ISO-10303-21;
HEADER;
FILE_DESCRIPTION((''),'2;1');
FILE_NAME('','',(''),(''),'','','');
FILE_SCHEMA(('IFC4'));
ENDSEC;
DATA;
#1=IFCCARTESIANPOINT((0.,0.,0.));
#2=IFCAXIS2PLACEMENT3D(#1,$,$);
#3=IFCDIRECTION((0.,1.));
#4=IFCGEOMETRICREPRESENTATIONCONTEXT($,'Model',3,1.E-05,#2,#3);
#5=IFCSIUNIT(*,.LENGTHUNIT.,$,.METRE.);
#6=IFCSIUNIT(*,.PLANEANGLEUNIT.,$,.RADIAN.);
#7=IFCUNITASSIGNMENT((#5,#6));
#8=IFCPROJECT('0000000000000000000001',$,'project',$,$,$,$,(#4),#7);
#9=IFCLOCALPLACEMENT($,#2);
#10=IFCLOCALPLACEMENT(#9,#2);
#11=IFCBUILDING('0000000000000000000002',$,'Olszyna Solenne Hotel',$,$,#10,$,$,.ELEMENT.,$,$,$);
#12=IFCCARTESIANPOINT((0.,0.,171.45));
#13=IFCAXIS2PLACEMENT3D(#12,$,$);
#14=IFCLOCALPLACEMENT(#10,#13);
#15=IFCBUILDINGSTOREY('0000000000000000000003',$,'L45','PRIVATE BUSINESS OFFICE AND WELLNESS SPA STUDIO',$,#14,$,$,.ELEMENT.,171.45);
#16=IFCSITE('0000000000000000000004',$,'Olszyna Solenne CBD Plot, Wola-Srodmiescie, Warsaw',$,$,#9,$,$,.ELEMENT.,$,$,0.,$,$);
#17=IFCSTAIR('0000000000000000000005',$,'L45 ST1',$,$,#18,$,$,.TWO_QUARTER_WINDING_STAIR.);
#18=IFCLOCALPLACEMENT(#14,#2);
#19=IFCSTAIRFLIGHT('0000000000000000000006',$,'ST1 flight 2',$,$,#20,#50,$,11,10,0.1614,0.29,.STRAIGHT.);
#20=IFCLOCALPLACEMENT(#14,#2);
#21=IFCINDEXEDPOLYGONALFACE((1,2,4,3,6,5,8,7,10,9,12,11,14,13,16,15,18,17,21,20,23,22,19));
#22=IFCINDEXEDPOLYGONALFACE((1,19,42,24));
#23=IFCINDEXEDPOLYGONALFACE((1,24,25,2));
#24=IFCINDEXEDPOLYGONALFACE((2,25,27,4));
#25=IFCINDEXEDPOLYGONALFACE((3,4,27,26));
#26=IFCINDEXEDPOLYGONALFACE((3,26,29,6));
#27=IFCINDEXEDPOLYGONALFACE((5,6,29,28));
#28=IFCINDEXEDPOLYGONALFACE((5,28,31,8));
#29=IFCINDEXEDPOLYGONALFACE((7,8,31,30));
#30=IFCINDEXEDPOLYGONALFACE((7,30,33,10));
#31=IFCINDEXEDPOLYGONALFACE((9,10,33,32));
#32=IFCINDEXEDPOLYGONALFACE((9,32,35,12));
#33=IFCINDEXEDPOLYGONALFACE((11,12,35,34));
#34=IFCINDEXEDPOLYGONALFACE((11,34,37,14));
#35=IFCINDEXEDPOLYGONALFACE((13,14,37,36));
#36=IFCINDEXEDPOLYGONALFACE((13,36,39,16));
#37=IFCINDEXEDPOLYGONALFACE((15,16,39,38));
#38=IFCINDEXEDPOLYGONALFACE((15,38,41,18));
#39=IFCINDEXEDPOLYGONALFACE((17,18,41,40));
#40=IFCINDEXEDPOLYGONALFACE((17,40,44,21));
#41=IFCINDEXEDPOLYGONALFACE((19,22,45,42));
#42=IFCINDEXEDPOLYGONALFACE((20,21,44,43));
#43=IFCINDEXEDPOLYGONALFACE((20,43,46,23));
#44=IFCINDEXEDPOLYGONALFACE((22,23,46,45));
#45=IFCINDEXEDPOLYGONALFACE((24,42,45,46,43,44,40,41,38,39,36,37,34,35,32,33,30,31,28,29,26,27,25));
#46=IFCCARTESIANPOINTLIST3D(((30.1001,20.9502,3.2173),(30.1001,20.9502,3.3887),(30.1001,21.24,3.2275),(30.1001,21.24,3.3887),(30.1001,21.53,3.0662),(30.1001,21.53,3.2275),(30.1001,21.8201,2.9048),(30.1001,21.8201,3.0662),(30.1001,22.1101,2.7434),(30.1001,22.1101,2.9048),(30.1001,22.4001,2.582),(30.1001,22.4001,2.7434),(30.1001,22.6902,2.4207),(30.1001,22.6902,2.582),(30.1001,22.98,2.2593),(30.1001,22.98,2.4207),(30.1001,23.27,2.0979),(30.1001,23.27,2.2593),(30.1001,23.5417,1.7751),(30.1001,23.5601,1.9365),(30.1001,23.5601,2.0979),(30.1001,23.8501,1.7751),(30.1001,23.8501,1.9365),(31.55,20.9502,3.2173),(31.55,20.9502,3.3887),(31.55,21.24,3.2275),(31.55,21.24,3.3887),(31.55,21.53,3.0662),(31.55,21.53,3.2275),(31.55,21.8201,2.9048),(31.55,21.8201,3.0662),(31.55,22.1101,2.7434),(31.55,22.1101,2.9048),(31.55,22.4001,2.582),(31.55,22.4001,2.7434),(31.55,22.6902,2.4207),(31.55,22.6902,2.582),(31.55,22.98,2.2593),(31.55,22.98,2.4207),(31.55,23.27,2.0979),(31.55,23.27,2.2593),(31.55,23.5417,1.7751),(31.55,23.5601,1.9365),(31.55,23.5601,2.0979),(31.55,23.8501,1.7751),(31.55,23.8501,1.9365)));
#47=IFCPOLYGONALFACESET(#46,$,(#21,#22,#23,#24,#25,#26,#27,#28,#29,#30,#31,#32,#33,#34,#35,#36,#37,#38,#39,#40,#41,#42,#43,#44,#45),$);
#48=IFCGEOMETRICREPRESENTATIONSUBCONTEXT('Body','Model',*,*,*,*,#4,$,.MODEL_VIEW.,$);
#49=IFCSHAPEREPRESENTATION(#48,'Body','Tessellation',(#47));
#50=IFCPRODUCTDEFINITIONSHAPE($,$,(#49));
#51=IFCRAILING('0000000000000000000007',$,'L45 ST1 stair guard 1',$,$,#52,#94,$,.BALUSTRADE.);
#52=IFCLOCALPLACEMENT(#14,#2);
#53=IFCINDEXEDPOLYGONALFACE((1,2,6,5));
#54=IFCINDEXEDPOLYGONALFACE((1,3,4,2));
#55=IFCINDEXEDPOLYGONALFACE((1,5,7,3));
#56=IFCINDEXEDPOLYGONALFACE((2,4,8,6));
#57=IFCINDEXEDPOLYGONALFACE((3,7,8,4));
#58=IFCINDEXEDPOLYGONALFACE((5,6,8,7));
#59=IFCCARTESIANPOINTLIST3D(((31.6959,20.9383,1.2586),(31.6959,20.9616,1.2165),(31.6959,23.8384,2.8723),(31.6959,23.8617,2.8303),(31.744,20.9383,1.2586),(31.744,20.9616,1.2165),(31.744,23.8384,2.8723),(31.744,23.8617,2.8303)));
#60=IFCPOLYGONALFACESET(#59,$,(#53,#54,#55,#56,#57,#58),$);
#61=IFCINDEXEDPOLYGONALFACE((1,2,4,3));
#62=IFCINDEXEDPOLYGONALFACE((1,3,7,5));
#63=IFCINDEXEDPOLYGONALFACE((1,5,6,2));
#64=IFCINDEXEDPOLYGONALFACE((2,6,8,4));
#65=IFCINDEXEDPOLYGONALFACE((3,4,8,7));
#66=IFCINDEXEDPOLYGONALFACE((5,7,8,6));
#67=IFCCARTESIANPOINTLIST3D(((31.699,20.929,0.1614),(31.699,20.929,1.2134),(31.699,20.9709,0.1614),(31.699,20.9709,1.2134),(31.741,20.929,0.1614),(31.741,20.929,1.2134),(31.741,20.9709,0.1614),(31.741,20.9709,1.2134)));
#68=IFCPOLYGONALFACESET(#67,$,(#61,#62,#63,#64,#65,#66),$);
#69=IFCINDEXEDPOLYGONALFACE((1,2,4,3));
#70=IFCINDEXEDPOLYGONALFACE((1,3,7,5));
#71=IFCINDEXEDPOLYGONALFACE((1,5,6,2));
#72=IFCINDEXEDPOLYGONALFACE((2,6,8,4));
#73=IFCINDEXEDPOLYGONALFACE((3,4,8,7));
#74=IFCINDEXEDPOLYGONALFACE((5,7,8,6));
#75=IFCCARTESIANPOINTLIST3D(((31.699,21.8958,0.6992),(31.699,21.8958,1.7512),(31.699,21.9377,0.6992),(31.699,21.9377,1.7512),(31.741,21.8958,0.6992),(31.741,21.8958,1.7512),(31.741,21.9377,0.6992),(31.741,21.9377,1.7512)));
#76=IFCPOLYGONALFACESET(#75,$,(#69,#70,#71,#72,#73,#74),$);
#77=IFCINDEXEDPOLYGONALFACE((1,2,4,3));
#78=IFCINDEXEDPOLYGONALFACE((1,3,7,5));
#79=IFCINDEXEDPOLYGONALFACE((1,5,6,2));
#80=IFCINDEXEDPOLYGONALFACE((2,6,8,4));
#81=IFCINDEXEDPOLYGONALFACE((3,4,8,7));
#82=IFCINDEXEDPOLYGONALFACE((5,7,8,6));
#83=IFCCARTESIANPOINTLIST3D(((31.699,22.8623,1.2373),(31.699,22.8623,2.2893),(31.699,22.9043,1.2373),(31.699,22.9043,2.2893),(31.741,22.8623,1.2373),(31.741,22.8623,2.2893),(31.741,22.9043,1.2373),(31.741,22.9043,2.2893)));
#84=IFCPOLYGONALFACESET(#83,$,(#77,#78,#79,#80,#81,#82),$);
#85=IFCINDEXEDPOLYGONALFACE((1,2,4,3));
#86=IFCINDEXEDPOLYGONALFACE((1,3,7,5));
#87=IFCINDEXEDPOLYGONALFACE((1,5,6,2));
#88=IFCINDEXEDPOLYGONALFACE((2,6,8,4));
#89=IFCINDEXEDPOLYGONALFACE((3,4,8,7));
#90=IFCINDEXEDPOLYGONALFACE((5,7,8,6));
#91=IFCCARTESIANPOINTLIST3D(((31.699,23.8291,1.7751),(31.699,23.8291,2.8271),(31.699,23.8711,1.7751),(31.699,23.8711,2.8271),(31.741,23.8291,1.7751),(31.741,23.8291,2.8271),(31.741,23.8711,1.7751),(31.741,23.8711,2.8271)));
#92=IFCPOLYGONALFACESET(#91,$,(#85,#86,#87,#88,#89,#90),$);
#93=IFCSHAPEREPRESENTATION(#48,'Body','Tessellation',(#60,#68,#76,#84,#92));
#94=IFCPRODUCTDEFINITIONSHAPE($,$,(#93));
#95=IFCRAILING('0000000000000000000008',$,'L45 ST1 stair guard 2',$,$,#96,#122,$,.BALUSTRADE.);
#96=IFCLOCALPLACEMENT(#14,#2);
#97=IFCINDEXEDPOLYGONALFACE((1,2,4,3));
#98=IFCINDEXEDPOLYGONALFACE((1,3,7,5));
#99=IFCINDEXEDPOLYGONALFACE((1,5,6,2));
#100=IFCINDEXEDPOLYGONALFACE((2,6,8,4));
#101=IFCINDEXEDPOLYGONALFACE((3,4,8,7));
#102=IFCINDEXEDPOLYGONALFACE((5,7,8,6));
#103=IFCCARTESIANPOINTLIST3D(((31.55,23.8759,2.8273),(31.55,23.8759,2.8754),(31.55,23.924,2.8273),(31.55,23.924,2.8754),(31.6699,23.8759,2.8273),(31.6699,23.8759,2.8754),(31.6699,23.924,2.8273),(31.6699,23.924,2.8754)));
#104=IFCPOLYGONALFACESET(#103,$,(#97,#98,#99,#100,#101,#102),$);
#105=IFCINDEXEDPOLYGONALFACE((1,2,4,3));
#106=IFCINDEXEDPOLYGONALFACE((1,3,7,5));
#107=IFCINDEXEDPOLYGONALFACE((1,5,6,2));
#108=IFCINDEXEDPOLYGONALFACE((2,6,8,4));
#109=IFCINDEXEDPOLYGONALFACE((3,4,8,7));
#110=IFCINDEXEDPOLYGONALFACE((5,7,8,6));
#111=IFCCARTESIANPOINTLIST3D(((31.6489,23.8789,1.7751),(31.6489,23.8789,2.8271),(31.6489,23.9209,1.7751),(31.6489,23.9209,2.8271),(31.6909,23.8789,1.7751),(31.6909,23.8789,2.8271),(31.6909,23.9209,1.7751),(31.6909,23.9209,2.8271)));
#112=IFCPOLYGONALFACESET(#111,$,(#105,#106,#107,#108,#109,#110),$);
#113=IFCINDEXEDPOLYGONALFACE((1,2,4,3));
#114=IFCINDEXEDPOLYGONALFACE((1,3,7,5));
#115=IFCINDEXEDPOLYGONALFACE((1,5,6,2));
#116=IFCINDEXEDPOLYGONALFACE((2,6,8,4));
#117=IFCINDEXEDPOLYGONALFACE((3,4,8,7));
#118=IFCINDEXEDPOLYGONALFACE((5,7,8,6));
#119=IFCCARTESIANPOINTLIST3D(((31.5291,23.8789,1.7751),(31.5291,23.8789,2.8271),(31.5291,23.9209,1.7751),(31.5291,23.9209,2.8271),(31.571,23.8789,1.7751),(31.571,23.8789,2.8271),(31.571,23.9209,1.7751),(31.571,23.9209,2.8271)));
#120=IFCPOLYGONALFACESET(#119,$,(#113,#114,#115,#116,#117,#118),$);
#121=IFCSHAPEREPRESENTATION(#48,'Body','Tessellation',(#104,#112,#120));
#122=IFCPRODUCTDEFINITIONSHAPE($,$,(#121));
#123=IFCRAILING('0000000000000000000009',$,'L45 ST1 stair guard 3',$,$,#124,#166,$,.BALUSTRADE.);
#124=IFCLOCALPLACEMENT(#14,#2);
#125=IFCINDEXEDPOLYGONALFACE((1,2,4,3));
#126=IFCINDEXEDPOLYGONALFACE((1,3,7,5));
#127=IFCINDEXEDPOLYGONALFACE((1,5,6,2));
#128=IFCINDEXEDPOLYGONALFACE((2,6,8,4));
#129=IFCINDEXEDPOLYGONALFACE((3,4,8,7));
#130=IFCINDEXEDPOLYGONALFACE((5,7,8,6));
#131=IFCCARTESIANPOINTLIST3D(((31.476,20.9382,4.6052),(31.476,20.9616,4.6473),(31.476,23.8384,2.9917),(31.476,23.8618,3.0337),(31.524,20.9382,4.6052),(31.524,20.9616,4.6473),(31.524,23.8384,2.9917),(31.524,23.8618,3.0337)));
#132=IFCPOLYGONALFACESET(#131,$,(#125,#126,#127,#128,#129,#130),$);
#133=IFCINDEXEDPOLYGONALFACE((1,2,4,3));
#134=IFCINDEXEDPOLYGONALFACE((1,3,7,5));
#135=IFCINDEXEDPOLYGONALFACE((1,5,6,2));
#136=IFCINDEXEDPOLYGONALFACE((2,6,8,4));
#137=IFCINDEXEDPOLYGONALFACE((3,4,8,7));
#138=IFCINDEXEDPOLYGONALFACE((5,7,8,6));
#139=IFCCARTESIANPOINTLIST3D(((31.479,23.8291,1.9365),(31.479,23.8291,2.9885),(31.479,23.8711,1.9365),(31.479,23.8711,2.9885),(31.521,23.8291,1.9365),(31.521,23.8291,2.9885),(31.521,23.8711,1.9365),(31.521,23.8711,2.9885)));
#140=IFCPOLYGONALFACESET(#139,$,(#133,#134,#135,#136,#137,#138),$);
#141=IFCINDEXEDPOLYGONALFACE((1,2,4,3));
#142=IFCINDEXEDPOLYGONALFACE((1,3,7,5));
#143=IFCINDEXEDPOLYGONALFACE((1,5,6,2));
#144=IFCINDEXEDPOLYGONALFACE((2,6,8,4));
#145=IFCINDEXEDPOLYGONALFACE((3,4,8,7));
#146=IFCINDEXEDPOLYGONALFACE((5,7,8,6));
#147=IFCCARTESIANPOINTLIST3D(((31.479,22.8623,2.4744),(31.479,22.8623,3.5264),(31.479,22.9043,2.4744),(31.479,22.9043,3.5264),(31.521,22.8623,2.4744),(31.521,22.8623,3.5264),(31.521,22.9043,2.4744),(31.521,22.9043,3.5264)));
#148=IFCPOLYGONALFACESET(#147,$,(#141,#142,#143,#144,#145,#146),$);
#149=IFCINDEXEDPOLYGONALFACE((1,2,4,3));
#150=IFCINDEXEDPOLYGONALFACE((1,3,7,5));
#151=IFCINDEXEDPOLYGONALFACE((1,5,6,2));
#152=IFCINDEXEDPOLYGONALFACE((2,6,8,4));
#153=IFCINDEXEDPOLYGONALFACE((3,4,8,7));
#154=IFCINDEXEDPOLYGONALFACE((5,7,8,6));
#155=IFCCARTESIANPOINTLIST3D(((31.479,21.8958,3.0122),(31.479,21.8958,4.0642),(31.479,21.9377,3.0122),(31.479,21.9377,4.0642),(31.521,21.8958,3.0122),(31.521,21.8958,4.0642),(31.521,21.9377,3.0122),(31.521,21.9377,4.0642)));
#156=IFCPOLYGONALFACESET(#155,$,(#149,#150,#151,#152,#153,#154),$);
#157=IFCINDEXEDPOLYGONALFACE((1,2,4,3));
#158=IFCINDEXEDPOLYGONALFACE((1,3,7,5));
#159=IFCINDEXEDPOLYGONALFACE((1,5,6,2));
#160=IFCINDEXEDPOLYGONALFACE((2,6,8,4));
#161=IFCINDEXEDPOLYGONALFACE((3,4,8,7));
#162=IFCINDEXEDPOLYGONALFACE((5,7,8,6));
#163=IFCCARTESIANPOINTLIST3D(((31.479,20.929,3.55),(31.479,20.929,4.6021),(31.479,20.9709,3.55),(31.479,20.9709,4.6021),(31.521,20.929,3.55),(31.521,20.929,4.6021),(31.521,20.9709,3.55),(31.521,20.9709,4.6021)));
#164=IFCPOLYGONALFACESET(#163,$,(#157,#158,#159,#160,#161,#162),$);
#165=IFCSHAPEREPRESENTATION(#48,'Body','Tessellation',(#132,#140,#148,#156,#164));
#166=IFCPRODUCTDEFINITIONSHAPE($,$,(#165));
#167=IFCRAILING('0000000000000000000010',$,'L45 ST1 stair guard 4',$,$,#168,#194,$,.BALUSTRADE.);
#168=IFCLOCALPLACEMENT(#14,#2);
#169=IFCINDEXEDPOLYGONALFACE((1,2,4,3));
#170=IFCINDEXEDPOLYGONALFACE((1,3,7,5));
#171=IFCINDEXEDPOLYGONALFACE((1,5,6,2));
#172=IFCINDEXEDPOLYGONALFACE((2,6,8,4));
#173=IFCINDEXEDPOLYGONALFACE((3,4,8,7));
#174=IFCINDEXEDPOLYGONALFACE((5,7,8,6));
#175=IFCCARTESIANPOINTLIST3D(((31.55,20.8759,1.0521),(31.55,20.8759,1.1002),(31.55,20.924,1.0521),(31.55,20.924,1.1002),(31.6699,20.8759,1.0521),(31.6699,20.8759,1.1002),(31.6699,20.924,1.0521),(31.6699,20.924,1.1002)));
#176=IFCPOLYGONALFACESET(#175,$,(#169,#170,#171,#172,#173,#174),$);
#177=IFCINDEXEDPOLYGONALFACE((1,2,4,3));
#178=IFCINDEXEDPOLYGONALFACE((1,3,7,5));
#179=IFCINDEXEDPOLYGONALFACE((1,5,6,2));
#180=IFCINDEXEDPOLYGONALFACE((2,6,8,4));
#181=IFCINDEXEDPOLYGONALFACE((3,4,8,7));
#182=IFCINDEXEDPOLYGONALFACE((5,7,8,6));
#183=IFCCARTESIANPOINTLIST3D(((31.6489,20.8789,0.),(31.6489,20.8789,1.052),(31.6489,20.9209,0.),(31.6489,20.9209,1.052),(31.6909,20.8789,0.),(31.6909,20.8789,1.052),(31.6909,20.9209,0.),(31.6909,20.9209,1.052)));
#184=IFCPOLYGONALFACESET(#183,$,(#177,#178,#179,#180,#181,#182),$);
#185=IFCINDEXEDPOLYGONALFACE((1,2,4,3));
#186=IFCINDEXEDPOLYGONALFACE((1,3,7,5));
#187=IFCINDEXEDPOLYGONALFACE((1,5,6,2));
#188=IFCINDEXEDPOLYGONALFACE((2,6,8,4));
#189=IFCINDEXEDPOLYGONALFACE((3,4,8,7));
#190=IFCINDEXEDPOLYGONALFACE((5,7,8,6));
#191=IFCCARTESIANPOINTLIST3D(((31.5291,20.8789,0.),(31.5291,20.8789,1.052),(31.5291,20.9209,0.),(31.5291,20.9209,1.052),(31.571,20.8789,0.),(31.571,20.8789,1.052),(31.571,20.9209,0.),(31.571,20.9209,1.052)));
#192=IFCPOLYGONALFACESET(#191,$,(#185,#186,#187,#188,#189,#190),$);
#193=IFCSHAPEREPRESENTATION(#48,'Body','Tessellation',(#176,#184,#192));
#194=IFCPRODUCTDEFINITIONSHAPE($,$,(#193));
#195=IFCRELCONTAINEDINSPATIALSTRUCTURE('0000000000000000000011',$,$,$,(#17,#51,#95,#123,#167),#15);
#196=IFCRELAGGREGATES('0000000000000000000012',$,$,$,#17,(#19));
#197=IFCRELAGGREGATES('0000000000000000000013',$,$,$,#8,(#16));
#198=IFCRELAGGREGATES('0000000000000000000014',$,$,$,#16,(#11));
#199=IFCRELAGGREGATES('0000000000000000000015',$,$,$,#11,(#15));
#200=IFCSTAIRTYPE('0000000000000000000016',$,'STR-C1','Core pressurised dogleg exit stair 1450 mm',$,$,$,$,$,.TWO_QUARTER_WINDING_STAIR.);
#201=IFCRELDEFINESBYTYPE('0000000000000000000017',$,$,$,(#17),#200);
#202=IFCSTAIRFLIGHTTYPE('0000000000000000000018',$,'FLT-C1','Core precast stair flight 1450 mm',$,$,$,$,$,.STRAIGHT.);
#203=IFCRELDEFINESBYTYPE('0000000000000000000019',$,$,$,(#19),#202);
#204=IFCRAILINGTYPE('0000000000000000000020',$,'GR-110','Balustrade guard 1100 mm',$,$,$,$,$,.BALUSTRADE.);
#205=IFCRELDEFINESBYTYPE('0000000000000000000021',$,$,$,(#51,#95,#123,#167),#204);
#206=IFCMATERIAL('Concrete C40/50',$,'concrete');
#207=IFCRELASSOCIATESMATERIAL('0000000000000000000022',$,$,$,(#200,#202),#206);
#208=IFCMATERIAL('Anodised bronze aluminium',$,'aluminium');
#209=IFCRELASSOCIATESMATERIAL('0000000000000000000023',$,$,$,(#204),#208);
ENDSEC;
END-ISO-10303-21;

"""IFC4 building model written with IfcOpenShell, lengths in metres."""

from ifc_helpers import new_model, si_unit, direction, frame, origin, origin_2d, place, context, subcontext, project, spatial, polyline, rectangle, outline, extrude, material, type_object, element, aggregate, save


model = new_model("IFC4")

# Units and contexts
model_context = context("Model", 3, precision=1e-05, world=origin(), true_north=direction((0.0, 1.0)))
body_context = subcontext(model_context, "Body", "Model", "MODEL_VIEW")
ifc_project = project(units=[si_unit("LENGTHUNIT", "METRE"), si_unit("PLANEANGLEUNIT", "RADIAN")], contexts=[model_context])

# Site, building, storey
site_placement = place(None, origin())
site = spatial("IfcSite", under=ifc_project, at=site_placement, Name="Olszyna Solenne CBD Plot, Wola-Srodmiescie, Warsaw", CompositionType="ELEMENT", RefElevation=0.0)
building_placement = place(site_placement, origin())
building = spatial("IfcBuilding", under=site, at=building_placement, Name="Olszyna Solenne Hotel", CompositionType="ELEMENT")
storey_placement = place(building_placement, frame((0.0, 0.0, 171.45)))
storey = spatial("IfcBuildingStorey", under=building, at=storey_placement, Name="L45", Description="PRIVATE BUSINESS OFFICE AND WELLNESS SPA STUDIO", CompositionType="ELEMENT", Elevation=171.45)

# Stair, stair flight
ifc_material_1 = material(Name="Concrete C40/50", Category="concrete")
stair_type = type_object("IfcStairType", Name="STR-C1", Description="Core pressurised dogleg exit stair 1450 mm", PredefinedType="TWO_QUARTER_WINDING_STAIR", material=ifc_material_1)
stair_placement = place(storey_placement, origin())
stair = element("IfcStair", 1, at=stair_placement, inside=storey, type_object=stair_type, Name="L45 ST1", PredefinedType="TWO_QUARTER_WINDING_STAIR")
stair_flight_type = type_object("IfcStairFlightType", Name="FLT-C1", Description="Core precast stair flight 1450 mm", PredefinedType="STRAIGHT", material=ifc_material_1)
stair_flight_1_placement = place(storey_placement, frame((30.825, 23.8501, 1.7751), z_axis=(0.0, 0.0, 1.0), x_axis=(0.0, -1.0, 0.0)))
stair_flight_1 = element("IfcStairFlight", 2, at=stair_flight_1_placement, type_object=stair_flight_type, Name="ST1 flight 2", NumberOfRisers=11, NumberOfTreads=10, PredefinedType="STRAIGHT", RiserHeight=0.1614, TreadLength=0.29, context=body_context, shape_type="SweptSolid", body=[
    extrude(outline(polyline([(0.0, 0.0), (0.0, 0.1614), (0.29, 0.1614), (0.29, 0.3228), (0.5801, 0.3228), (0.5801, 0.4841), (0.8701, 0.4841), (0.8701, 0.6455), (1.1599, 0.6455), (1.1599, 0.8069), (1.45, 0.8069), (1.45, 0.9683), (1.74, 0.9683), (1.74, 1.1296), (2.03, 1.1296), (2.03, 1.291), (2.3201, 1.291), (2.3201, 1.4524), (2.6101, 1.4524), (2.6101, 1.6135), (2.8999, 1.6135), (2.8999, 1.7749), (2.8999, 1.4421), (0.3083, 0.0), (0.0, 0.0)])), frame((0.0, 0.7251, 0.0), z_axis=(0.0, -1.0, 0.0), x_axis=(1.0, 0.0, 0.0)), (0.0, 0.0, 1.0), 1.45),
])
aggregate(stair, [stair_flight_1])

# Railings
ifc_material_2 = material(Name="Anodised bronze aluminium", Category="aluminium")
railing_type_1 = type_object("IfcRailingType", Name="GR-110", Description="Balustrade guard 1100 mm", PredefinedType="BALUSTRADE", material=ifc_material_2)
railing_1_placement = place(storey_placement, frame((31.72, 20.95, 0.1614)))
element("IfcRailing", 3, at=railing_1_placement, inside=storey, type_object=railing_type_1, Name="L45 ST1 stair guard 1", PredefinedType="BALUSTRADE", context=body_context, shape_type="SweptSolid", body=[
    extrude(rectangle(XDim=0.0481, YDim=0.0481, at=origin_2d()), frame((0.0, 0.0, 1.0762), z_axis=(0.0, 0.873827, 0.486236), x_axis=(-1.0, 0.0, 0.0)), (0.0, 0.0, 1.0), 3.3188),
    extrude(rectangle(XDim=0.042, YDim=0.042, at=origin_2d()), origin(), (0.0, 0.0, 1.0), 1.052),
    extrude(rectangle(XDim=0.042, YDim=0.042, at=origin_2d()), frame((0.0, 0.9668, 0.5378)), (0.0, 0.0, 1.0), 1.052),
    extrude(rectangle(XDim=0.042, YDim=0.042, at=origin_2d()), frame((0.0, 1.9333, 1.0759)), (0.0, 0.0, 1.0), 1.052),
    extrude(rectangle(XDim=0.042, YDim=0.042, at=origin_2d()), frame((0.0, 2.9001, 1.6138)), (0.0, 0.0, 1.0), 1.052),
])
railing_2_placement = place(storey_placement, frame((31.6699, 23.8999, 1.7751)))
element("IfcRailing", 4, at=railing_2_placement, inside=storey, type_object=railing_type_1, Name="L45 ST1 stair guard 2", PredefinedType="BALUSTRADE", context=body_context, shape_type="SweptSolid", body=[
    extrude(rectangle(XDim=0.0481, YDim=0.0481, at=origin_2d()), frame((0.0, 0.0, 1.0762), z_axis=(-1.0, 0.0, 0.0), x_axis=(0.0, -1.0, 0.0)), (0.0, 0.0, 1.0), 0.1199),
    extrude(rectangle(XDim=0.042, YDim=0.042, at=origin_2d()), origin(), (0.0, 0.0, 1.0), 1.052),
    extrude(rectangle(XDim=0.042, YDim=0.042, at=origin_2d()), frame((-0.1199, 0.0, 0.0)), (0.0, 0.0, 1.0), 1.052),
])
railing_3_placement = place(storey_placement, frame((31.5, 23.8501, 1.9365)))
element("IfcRailing", 5, at=railing_3_placement, inside=storey, type_object=railing_type_1, Name="L45 ST1 stair guard 3", PredefinedType="BALUSTRADE", context=body_context, shape_type="SweptSolid", body=[
    extrude(rectangle(XDim=0.0481, YDim=0.0481, at=origin_2d()), frame((0.0, 0.0, 1.0762), z_axis=(0.0, -0.873859, 0.48618), x_axis=(1.0, 0.0, 0.0)), (0.0, 0.0, 1.0), 3.3188),
    extrude(rectangle(XDim=0.042, YDim=0.042, at=origin_2d()), origin(), (0.0, 0.0, 1.0), 1.052),
    extrude(rectangle(XDim=0.042, YDim=0.042, at=origin_2d()), frame((0.0, -0.9668, 0.5378)), (0.0, 0.0, 1.0), 1.052),
    extrude(rectangle(XDim=0.042, YDim=0.042, at=origin_2d()), frame((0.0, -1.9333, 1.0757)), (0.0, 0.0, 1.0), 1.052),
    extrude(rectangle(XDim=0.042, YDim=0.042, at=origin_2d()), frame((0.0, -2.9001, 1.6135)), (0.0, 0.0, 1.0), 1.052),
])
railing_4_placement = place(storey_placement, frame((31.6699, 20.8999, 0.0)))
element("IfcRailing", 6, at=railing_4_placement, inside=storey, type_object=railing_type_1, Name="L45 ST1 stair guard 4", PredefinedType="BALUSTRADE", context=body_context, shape_type="SweptSolid", body=[
    extrude(rectangle(XDim=0.0481, YDim=0.0481, at=origin_2d()), frame((0.0, 0.0, 1.0762), z_axis=(-1.0, 0.0, 0.0), x_axis=(0.0, -1.0, 0.0)), (0.0, 0.0, 1.0), 0.1199),
    extrude(rectangle(XDim=0.042, YDim=0.042, at=origin_2d()), origin(), (0.0, 0.0, 1.0), 1.052),
    extrude(rectangle(XDim=0.042, YDim=0.042, at=origin_2d()), frame((-0.1199, 0.0, 0.0)), (0.0, 0.0, 1.0), 1.052),
])

save(model, "model.ifc")
